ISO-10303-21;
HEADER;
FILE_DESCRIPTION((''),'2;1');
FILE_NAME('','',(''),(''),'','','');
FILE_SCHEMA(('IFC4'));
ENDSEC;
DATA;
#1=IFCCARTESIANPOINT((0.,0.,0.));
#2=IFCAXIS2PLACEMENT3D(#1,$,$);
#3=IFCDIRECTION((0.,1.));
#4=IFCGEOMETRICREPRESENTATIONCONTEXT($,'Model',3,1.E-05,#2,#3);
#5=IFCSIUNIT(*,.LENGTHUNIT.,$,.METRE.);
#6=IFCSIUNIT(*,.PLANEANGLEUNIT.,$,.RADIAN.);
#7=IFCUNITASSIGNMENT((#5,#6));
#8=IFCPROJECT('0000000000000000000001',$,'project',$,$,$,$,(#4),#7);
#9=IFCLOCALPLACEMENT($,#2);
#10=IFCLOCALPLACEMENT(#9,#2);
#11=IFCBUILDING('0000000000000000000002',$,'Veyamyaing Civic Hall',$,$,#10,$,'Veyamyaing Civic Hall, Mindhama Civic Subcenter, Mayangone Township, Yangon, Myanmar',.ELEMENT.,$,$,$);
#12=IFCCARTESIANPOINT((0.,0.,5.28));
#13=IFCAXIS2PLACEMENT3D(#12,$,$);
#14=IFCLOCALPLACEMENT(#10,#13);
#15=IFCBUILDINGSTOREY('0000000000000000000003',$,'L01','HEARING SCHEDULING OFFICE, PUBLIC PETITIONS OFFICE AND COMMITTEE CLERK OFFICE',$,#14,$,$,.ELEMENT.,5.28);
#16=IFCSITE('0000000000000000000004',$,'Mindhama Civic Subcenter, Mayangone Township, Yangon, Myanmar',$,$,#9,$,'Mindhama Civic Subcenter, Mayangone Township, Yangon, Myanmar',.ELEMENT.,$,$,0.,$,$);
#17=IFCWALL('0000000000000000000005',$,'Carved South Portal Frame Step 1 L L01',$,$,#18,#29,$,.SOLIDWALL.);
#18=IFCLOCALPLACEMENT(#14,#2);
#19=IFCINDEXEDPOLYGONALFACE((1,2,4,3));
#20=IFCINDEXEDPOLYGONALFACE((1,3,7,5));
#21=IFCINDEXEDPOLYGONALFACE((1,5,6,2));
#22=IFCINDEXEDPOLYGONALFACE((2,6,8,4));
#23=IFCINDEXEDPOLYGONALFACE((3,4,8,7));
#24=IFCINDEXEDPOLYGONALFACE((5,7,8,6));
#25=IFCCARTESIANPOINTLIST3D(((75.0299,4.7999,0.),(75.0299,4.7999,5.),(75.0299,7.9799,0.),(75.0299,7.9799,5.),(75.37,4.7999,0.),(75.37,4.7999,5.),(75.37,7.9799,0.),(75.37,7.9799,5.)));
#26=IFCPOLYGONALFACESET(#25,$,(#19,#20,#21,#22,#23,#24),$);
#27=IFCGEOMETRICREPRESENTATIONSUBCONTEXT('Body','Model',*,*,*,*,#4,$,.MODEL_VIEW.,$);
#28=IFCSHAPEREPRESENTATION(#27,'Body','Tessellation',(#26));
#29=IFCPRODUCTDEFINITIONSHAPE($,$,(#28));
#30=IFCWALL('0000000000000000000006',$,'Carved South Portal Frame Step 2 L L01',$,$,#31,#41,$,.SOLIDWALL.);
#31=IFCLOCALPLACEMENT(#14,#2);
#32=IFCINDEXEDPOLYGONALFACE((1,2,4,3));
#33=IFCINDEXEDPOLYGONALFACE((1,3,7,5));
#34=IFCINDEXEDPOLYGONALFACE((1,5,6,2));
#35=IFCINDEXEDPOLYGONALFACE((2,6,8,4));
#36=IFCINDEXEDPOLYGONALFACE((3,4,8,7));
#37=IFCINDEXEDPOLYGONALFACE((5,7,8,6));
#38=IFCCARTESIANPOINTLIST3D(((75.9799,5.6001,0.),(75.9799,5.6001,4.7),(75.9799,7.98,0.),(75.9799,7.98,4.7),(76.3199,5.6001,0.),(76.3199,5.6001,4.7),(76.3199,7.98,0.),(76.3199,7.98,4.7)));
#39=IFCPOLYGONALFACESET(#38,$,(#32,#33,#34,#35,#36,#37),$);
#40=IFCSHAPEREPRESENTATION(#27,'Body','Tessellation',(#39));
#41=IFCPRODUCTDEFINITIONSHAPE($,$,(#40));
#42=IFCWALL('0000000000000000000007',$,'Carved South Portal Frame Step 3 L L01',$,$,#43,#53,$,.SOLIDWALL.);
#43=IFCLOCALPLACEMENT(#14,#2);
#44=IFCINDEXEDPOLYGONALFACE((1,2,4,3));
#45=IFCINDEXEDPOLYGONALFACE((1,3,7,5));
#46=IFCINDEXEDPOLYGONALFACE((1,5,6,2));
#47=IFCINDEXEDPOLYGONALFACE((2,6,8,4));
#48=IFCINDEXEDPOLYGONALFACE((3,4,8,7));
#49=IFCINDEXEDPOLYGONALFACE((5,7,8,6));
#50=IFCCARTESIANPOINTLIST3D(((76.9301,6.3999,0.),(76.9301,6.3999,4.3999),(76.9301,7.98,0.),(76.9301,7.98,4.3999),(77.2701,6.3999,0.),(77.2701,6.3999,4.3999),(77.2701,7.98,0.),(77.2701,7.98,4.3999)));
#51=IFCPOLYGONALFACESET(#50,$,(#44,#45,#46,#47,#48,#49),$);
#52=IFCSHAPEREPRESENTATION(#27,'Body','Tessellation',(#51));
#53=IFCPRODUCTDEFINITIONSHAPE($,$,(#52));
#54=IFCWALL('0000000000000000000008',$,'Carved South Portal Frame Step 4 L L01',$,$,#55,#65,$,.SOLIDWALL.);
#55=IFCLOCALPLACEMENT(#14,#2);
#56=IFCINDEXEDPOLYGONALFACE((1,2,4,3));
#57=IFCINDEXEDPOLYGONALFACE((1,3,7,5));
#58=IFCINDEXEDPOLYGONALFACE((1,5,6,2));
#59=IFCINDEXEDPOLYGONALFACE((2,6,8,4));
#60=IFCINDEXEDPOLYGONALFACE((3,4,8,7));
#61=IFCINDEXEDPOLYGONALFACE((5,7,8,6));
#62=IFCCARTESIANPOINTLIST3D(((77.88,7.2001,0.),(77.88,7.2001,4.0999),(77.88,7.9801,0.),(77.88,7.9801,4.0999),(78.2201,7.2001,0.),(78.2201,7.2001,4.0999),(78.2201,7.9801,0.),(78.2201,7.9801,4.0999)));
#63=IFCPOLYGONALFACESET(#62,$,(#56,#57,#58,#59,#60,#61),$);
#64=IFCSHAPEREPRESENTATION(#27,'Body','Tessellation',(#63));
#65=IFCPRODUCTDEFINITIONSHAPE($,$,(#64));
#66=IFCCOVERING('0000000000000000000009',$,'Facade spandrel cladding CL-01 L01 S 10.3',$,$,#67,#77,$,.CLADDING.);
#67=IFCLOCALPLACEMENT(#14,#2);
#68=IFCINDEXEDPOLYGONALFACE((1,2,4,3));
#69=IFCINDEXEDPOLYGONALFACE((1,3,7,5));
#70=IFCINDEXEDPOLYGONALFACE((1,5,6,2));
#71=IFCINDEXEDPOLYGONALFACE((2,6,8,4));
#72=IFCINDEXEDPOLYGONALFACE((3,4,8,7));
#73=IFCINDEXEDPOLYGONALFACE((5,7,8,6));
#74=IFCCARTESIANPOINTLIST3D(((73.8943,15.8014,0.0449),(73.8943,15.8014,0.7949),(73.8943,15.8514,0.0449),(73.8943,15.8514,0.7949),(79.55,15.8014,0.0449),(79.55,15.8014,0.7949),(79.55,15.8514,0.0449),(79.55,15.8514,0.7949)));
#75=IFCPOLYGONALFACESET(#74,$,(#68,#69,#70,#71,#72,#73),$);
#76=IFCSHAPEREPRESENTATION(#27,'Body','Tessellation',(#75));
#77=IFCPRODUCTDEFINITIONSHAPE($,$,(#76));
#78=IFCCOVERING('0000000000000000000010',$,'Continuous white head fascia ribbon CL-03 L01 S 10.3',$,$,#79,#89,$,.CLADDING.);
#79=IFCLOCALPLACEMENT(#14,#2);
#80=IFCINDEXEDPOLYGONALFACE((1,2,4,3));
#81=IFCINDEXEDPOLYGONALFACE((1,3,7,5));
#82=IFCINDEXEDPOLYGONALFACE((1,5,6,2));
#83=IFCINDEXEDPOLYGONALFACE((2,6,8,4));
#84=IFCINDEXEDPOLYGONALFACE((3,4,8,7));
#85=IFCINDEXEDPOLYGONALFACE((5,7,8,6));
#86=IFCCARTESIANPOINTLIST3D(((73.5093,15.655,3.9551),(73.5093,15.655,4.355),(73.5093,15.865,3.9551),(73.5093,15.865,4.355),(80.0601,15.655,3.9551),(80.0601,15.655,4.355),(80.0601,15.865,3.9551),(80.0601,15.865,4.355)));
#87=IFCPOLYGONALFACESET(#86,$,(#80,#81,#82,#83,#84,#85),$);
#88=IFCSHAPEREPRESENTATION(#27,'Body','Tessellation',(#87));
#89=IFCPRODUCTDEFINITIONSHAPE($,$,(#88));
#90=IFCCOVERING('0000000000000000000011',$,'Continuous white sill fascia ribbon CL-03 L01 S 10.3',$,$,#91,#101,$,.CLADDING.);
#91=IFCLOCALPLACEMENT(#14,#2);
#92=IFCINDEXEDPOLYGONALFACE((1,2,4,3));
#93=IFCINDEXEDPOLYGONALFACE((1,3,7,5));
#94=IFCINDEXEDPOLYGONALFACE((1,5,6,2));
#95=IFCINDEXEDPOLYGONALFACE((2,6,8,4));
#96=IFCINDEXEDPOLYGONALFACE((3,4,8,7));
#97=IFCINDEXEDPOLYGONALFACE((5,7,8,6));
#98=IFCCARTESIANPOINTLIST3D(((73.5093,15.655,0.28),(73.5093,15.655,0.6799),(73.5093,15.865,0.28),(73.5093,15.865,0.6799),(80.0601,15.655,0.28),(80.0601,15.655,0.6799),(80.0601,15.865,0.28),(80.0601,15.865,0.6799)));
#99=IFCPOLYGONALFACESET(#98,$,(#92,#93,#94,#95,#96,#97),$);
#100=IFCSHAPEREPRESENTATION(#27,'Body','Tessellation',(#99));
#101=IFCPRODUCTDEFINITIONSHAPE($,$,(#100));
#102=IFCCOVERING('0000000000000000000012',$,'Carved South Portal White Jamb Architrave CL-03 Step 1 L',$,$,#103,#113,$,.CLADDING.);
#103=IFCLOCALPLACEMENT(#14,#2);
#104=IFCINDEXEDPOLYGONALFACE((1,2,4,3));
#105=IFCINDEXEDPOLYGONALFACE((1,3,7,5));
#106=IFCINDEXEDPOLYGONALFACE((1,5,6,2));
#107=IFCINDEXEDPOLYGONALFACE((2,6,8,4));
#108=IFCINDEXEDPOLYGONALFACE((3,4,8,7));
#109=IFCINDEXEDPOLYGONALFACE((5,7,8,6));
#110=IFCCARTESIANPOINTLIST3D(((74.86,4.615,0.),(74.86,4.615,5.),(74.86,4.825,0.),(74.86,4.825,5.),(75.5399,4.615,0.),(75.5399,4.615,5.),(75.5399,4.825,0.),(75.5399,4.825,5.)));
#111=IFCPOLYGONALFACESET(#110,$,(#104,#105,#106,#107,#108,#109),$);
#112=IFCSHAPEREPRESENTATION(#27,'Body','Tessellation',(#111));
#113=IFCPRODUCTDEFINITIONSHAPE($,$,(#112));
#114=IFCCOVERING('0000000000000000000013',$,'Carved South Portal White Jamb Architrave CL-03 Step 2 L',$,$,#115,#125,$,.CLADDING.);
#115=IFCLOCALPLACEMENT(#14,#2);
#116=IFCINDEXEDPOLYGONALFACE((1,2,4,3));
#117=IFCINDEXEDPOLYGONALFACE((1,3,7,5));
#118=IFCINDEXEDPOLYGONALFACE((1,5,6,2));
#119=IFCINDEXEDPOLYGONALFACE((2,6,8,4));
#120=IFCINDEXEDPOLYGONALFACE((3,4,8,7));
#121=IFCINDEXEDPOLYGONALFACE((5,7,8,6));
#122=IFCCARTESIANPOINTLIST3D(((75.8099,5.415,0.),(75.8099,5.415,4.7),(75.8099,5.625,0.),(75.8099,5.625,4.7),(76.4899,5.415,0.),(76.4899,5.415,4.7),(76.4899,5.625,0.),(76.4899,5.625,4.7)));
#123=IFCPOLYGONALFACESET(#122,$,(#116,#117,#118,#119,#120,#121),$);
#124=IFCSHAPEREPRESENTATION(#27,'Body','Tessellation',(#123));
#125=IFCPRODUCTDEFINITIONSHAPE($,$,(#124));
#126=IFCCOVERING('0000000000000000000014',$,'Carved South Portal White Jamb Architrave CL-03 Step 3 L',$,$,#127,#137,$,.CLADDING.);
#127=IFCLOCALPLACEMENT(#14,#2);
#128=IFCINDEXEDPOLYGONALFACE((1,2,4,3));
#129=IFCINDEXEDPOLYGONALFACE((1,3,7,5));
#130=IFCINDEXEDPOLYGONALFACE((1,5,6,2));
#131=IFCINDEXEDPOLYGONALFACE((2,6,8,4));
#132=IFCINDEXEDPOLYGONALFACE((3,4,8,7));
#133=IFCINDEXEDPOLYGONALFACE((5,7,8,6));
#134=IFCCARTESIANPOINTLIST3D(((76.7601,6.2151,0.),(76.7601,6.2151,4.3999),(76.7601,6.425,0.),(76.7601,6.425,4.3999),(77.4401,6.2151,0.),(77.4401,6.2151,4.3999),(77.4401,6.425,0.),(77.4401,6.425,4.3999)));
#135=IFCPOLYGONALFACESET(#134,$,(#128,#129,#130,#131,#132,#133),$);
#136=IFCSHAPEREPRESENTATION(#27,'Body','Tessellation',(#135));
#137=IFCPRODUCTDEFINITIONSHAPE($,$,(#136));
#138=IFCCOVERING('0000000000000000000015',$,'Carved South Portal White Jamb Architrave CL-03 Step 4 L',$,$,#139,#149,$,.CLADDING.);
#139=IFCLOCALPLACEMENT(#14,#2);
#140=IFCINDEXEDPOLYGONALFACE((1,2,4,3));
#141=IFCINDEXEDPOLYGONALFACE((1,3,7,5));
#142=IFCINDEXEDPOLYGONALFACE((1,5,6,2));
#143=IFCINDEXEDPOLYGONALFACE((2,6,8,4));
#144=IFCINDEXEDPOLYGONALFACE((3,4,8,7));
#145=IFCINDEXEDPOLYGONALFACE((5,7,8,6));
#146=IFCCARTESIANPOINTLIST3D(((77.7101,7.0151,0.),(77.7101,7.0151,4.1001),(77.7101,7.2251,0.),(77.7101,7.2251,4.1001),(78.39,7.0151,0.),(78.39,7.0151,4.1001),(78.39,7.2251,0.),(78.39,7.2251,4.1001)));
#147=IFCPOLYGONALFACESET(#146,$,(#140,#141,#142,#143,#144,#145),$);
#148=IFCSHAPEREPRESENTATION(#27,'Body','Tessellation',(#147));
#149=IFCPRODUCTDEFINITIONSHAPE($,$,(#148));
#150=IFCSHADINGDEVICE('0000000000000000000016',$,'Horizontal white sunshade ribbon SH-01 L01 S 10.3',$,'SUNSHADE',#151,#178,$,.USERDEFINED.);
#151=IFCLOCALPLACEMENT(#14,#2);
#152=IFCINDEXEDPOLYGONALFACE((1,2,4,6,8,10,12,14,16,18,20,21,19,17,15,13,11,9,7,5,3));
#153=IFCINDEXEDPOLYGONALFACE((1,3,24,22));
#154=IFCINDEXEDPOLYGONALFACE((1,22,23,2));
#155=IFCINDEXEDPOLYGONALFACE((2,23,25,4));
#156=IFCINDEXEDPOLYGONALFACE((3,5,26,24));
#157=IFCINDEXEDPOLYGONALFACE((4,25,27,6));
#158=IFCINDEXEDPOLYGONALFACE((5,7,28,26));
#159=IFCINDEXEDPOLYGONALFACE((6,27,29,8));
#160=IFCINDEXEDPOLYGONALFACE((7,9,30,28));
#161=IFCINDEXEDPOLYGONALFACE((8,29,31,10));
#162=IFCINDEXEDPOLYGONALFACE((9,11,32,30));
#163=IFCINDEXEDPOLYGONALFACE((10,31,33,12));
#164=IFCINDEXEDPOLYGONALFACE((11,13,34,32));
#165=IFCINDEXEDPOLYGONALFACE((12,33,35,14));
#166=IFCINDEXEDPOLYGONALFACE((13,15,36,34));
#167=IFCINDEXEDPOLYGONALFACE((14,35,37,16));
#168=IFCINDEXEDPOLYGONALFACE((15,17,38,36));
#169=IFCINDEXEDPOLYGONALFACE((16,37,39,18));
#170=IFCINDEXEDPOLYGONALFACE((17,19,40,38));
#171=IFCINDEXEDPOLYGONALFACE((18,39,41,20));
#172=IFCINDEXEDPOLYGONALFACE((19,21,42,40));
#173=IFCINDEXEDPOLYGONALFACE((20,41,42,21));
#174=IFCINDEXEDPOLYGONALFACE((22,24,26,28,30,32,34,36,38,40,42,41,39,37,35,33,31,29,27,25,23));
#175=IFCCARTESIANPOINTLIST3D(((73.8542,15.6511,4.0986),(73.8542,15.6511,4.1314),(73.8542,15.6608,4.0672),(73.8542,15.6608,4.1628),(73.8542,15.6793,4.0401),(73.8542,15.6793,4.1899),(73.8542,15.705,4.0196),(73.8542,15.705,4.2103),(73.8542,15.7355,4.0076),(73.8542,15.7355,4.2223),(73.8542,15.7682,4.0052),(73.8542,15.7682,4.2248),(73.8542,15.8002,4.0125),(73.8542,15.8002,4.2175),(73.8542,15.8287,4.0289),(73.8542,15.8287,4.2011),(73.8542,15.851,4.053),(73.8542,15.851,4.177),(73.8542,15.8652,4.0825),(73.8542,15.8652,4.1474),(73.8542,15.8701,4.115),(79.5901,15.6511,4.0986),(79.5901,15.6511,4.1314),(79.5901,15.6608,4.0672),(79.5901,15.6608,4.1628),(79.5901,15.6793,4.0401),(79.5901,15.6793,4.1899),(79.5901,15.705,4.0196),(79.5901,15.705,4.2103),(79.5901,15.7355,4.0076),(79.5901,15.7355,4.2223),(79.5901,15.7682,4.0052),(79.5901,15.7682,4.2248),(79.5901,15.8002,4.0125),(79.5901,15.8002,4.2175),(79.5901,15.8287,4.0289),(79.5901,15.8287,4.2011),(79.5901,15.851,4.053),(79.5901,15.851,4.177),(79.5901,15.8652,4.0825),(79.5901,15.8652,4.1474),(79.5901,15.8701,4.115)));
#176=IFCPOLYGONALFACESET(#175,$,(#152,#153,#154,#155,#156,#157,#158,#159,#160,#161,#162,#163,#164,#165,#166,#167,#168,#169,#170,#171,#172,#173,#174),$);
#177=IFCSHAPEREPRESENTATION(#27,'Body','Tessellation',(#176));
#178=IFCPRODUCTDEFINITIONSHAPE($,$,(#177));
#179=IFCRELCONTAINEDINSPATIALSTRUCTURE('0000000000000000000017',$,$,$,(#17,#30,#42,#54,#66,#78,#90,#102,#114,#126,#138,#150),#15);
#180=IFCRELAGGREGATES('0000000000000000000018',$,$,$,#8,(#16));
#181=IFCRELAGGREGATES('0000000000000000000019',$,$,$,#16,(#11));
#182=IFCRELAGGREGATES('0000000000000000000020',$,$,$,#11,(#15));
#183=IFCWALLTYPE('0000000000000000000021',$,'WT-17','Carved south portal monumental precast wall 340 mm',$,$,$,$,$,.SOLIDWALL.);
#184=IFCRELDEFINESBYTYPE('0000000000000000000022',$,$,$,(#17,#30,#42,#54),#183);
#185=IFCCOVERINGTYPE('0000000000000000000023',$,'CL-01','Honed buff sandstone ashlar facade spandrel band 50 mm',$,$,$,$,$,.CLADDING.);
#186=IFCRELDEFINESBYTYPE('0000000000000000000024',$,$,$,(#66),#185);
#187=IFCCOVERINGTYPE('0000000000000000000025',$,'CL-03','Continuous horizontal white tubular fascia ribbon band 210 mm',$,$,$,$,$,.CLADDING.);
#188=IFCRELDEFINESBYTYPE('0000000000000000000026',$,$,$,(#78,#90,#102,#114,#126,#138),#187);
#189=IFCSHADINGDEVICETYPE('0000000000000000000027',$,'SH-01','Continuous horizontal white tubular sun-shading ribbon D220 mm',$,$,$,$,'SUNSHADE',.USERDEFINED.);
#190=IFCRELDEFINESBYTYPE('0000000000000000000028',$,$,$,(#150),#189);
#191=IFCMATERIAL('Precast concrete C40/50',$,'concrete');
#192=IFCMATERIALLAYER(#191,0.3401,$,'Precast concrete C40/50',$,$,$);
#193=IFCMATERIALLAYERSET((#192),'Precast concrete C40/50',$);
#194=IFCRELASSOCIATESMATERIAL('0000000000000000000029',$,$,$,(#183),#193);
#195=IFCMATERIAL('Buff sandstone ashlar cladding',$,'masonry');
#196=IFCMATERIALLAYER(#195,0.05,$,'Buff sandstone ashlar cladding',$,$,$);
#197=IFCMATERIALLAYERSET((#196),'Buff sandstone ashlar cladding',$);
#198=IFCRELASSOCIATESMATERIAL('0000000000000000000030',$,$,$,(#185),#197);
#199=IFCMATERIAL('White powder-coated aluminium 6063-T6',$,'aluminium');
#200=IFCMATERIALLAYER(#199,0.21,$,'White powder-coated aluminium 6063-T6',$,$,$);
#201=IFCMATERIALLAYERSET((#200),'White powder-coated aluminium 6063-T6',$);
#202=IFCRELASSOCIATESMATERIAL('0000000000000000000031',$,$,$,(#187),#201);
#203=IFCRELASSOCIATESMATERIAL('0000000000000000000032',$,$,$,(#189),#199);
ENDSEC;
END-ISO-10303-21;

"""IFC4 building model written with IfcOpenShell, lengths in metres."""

from ifc_helpers import new_model, si_unit, direction, frame, frame_2d, origin, origin_2d, place, context, subcontext, project, spatial, rectangle, circle, extrude, material, layer, layer_set, material_profile, profile_set, type_object, element, save


model = new_model("IFC4")

# Units and contexts
model_context = context("Model", 3, precision=1e-05, world=origin(), true_north=direction((0.0, 1.0)))
body_context = subcontext(model_context, "Body", "Model", "MODEL_VIEW")
ifc_project = project(units=[si_unit("LENGTHUNIT", "METRE"), si_unit("PLANEANGLEUNIT", "RADIAN")], contexts=[model_context])

# Site, building, storey
site_placement = place(None, origin())
site = spatial("IfcSite", under=ifc_project, at=site_placement, Name="Mindhama Civic Subcenter, Mayangone Township, Yangon, Myanmar", LongName="Mindhama Civic Subcenter, Mayangone Township, Yangon, Myanmar", CompositionType="ELEMENT", RefElevation=0.0)
building_placement = place(site_placement, origin())
building = spatial("IfcBuilding", under=site, at=building_placement, Name="Veyamyaing Civic Hall", LongName="Veyamyaing Civic Hall, Mindhama Civic Subcenter, Mayangone Township, Yangon, Myanmar", CompositionType="ELEMENT")
storey_placement = place(building_placement, frame((0.0, 0.0, 5.28)))
storey = spatial("IfcBuildingStorey", under=building, at=storey_placement, Name="L01", Description="HEARING SCHEDULING OFFICE, PUBLIC PETITIONS OFFICE AND COMMITTEE CLERK OFFICE", CompositionType="ELEMENT", Elevation=5.28)

# Walls
ifc_material_1 = material(Name="Precast concrete C40/50", Category="concrete")
ifc_layer_1 = layer(ifc_material_1, 0.3401, Name="Precast concrete C40/50")
ifc_layer_set_1 = layer_set([ifc_layer_1], Name="Precast concrete C40/50")
wall_type = type_object("IfcWallType", Name="WT-17", Description="Carved south portal monumental precast wall 340 mm", PredefinedType="SOLIDWALL", material=ifc_layer_set_1)
wall_1_placement = place(storey_placement, frame((75.2, 4.8, 0.0), z_axis=(0.0, 0.0, 1.0), x_axis=(0.0, 1.0, 0.0)))
element("IfcWall", 1, at=wall_1_placement, inside=storey, type_object=wall_type, Name="Carved South Portal Frame Step 1 L L01", PredefinedType="SOLIDWALL", context=body_context, shape_type="SweptSolid", body=[
    extrude(rectangle(XDim=3.1799, YDim=0.3401, at=frame_2d((1.5898, 0.0))), origin(), (0.0, 0.0, 1.0), 5.0),
])
wall_2_placement = place(storey_placement, frame((76.1499, 5.6001, 0.0), z_axis=(0.0, 0.0, 1.0), x_axis=(0.0, 1.0, 0.0)))
element("IfcWall", 2, at=wall_2_placement, inside=storey, type_object=wall_type, Name="Carved South Portal Frame Step 2 L L01", PredefinedType="SOLIDWALL", context=body_context, shape_type="SweptSolid", body=[
    extrude(rectangle(XDim=2.3799, YDim=0.3401, at=frame_2d((1.1899, 0.0))), origin(), (0.0, 0.0, 1.0), 4.7),
])
wall_3_placement = place(storey_placement, frame((77.1001, 6.3999, 0.0), z_axis=(0.0, 0.0, 1.0), x_axis=(0.0, 1.0, 0.0)))
element("IfcWall", 3, at=wall_3_placement, inside=storey, type_object=wall_type, Name="Carved South Portal Frame Step 3 L L01", PredefinedType="SOLIDWALL", context=body_context, shape_type="SweptSolid", body=[
    extrude(rectangle(XDim=1.5801, YDim=0.3401, at=frame_2d((0.79, 0.0))), origin(), (0.0, 0.0, 1.0), 4.3999),
])
wall_4_placement = place(storey_placement, frame((78.05, 7.2, 0.0), z_axis=(0.0, 0.0, 1.0), x_axis=(0.0, 1.0, 0.0)))
element("IfcWall", 4, at=wall_4_placement, inside=storey, type_object=wall_type, Name="Carved South Portal Frame Step 4 L L01", PredefinedType="SOLIDWALL", context=body_context, shape_type="SweptSolid", body=[
    extrude(rectangle(XDim=0.78, YDim=0.3401, at=frame_2d((0.3901, 0.0))), origin(), (0.0, 0.0, 1.0), 4.0999),
])

# Coverings
ifc_material_2 = material(Name="Buff sandstone ashlar cladding", Category="masonry")
ifc_layer_2 = layer(ifc_material_2, 0.05, Name="Buff sandstone ashlar cladding")
ifc_layer_set_2 = layer_set([ifc_layer_2], Name="Buff sandstone ashlar cladding")
covering_type_1 = type_object("IfcCoveringType", Name="CL-01", Description="Honed buff sandstone ashlar facade spandrel band 50 mm", PredefinedType="CLADDING", material=ifc_layer_set_2)
covering_1_placement = place(storey_placement, frame((76.7222, 15.8264, 0.0449), z_axis=(0.0, 0.0, 1.0), x_axis=(1.0, 0.0, 0.0)))
element("IfcCovering", 5, at=covering_1_placement, inside=storey, type_object=covering_type_1, Name="Facade spandrel cladding CL-01 L01 S 10.3", PredefinedType="CLADDING", context=body_context, shape_type="SweptSolid", body=[
    extrude(rectangle(XDim=5.6558, YDim=0.05, at=origin_2d()), origin(), (0.0, 0.0, 1.0), 0.75),
])
ifc_material_3 = material(Name="White powder-coated aluminium 6063-T6", Category="aluminium")
ifc_layer_3 = layer(ifc_material_3, 0.21, Name="White powder-coated aluminium 6063-T6")
ifc_layer_set_3 = layer_set([ifc_layer_3], Name="White powder-coated aluminium 6063-T6")
covering_type_2 = type_object("IfcCoveringType", Name="CL-03", Description="Continuous horizontal white tubular fascia ribbon band 210 mm", PredefinedType="CLADDING", material=ifc_layer_set_3)
for number, where, z_axis, x_axis, name in (
    (6, (76.7847, 15.76, 3.9551), (0.0, 0.0, 1.0), (1.0, 0.0, 0.0), "Continuous white head fascia ribbon CL-03 L01 S 10.3"),
    (7, (76.7847, 15.76, 0.28), (0.0, 0.0, 1.0), (1.0, 0.0, 0.0), "Continuous white sill fascia ribbon CL-03 L01 S 10.3"),
):
    element("IfcCovering", number, at=place(storey_placement, frame(where, z_axis=z_axis, x_axis=x_axis)), inside=storey, type_object=covering_type_2, Name=name, PredefinedType="CLADDING", context=body_context, shape_type="SweptSolid", body=[
        extrude(rectangle(XDim=6.5508, YDim=0.21, at=origin_2d()), origin(), (0.0, 0.0, 1.0), 0.3999),
    ])
covering_2_placement = place(storey_placement, frame((75.2, 4.72, 0.0), z_axis=(0.0, 0.0, 1.0), x_axis=(1.0, 0.0, 0.0)))
element("IfcCovering", 8, at=covering_2_placement, inside=storey, type_object=covering_type_2, Name="Carved South Portal White Jamb Architrave CL-03 Step 1 L", PredefinedType="CLADDING", context=body_context, shape_type="SweptSolid", body=[
    extrude(rectangle(XDim=0.6799, YDim=0.21, at=origin_2d()), origin(), (0.0, 0.0, 1.0), 5.0),
])
covering_3_placement = place(storey_placement, frame((76.1499, 5.52, 0.0), z_axis=(0.0, 0.0, 1.0), x_axis=(1.0, 0.0, 0.0)))
element("IfcCovering", 9, at=covering_3_placement, inside=storey, type_object=covering_type_2, Name="Carved South Portal White Jamb Architrave CL-03 Step 2 L", PredefinedType="CLADDING", context=body_context, shape_type="SweptSolid", body=[
    extrude(rectangle(XDim=0.6799, YDim=0.21, at=origin_2d()), origin(), (0.0, 0.0, 1.0), 4.7),
])
covering_4_placement = place(storey_placement, frame((77.1001, 6.3201, 0.0), z_axis=(0.0, 0.0, 1.0), x_axis=(1.0, 0.0, 0.0)))
element("IfcCovering", 10, at=covering_4_placement, inside=storey, type_object=covering_type_2, Name="Carved South Portal White Jamb Architrave CL-03 Step 3 L", PredefinedType="CLADDING", context=body_context, shape_type="SweptSolid", body=[
    extrude(rectangle(XDim=0.6799, YDim=0.21, at=origin_2d()), origin(), (0.0, 0.0, 1.0), 4.3999),
])
covering_5_placement = place(storey_placement, frame((78.05, 7.1201, 0.0), z_axis=(0.0, 0.0, 1.0), x_axis=(1.0, 0.0, 0.0)))
element("IfcCovering", 11, at=covering_5_placement, inside=storey, type_object=covering_type_2, Name="Carved South Portal White Jamb Architrave CL-03 Step 4 L", PredefinedType="CLADDING", context=body_context, shape_type="SweptSolid", body=[
    extrude(rectangle(XDim=0.6799, YDim=0.21, at=origin_2d()), origin(), (0.0, 0.0, 1.0), 4.1001),
])

# Shading device
ifc_material_profile_1 = material_profile(ifc_material_3, circle(Radius=0.1101, at=origin_2d()), Name="SHADE-TUBE-220")
ifc_profile_set_1 = profile_set([ifc_material_profile_1], Name="White powder-coated aluminium 6063-T6")
shading_device_type = type_object("IfcShadingDeviceType", Name="SH-01", Description="Continuous horizontal white tubular sun-shading ribbon D220 mm", ElementType="SUNSHADE", PredefinedType="USERDEFINED", material=ifc_profile_set_1)
shading_device_placement = place(storey_placement, frame((73.8542, 15.76, 4.115), z_axis=(1.0, 0.0, 0.0), x_axis=(0.0, 1.0, 0.0)))
element("IfcShadingDevice", 12, at=shading_device_placement, inside=storey, type_object=shading_device_type, Name="Horizontal white sunshade ribbon SH-01 L01 S 10.3", ObjectType="SUNSHADE", PredefinedType="USERDEFINED", context=body_context, shape_type="SweptSolid", body=[
    extrude(circle(Radius=0.1101, at=origin_2d()), origin(), (0.0, 0.0, 1.0), 5.7358),
])

save(model, "model.ifc")
